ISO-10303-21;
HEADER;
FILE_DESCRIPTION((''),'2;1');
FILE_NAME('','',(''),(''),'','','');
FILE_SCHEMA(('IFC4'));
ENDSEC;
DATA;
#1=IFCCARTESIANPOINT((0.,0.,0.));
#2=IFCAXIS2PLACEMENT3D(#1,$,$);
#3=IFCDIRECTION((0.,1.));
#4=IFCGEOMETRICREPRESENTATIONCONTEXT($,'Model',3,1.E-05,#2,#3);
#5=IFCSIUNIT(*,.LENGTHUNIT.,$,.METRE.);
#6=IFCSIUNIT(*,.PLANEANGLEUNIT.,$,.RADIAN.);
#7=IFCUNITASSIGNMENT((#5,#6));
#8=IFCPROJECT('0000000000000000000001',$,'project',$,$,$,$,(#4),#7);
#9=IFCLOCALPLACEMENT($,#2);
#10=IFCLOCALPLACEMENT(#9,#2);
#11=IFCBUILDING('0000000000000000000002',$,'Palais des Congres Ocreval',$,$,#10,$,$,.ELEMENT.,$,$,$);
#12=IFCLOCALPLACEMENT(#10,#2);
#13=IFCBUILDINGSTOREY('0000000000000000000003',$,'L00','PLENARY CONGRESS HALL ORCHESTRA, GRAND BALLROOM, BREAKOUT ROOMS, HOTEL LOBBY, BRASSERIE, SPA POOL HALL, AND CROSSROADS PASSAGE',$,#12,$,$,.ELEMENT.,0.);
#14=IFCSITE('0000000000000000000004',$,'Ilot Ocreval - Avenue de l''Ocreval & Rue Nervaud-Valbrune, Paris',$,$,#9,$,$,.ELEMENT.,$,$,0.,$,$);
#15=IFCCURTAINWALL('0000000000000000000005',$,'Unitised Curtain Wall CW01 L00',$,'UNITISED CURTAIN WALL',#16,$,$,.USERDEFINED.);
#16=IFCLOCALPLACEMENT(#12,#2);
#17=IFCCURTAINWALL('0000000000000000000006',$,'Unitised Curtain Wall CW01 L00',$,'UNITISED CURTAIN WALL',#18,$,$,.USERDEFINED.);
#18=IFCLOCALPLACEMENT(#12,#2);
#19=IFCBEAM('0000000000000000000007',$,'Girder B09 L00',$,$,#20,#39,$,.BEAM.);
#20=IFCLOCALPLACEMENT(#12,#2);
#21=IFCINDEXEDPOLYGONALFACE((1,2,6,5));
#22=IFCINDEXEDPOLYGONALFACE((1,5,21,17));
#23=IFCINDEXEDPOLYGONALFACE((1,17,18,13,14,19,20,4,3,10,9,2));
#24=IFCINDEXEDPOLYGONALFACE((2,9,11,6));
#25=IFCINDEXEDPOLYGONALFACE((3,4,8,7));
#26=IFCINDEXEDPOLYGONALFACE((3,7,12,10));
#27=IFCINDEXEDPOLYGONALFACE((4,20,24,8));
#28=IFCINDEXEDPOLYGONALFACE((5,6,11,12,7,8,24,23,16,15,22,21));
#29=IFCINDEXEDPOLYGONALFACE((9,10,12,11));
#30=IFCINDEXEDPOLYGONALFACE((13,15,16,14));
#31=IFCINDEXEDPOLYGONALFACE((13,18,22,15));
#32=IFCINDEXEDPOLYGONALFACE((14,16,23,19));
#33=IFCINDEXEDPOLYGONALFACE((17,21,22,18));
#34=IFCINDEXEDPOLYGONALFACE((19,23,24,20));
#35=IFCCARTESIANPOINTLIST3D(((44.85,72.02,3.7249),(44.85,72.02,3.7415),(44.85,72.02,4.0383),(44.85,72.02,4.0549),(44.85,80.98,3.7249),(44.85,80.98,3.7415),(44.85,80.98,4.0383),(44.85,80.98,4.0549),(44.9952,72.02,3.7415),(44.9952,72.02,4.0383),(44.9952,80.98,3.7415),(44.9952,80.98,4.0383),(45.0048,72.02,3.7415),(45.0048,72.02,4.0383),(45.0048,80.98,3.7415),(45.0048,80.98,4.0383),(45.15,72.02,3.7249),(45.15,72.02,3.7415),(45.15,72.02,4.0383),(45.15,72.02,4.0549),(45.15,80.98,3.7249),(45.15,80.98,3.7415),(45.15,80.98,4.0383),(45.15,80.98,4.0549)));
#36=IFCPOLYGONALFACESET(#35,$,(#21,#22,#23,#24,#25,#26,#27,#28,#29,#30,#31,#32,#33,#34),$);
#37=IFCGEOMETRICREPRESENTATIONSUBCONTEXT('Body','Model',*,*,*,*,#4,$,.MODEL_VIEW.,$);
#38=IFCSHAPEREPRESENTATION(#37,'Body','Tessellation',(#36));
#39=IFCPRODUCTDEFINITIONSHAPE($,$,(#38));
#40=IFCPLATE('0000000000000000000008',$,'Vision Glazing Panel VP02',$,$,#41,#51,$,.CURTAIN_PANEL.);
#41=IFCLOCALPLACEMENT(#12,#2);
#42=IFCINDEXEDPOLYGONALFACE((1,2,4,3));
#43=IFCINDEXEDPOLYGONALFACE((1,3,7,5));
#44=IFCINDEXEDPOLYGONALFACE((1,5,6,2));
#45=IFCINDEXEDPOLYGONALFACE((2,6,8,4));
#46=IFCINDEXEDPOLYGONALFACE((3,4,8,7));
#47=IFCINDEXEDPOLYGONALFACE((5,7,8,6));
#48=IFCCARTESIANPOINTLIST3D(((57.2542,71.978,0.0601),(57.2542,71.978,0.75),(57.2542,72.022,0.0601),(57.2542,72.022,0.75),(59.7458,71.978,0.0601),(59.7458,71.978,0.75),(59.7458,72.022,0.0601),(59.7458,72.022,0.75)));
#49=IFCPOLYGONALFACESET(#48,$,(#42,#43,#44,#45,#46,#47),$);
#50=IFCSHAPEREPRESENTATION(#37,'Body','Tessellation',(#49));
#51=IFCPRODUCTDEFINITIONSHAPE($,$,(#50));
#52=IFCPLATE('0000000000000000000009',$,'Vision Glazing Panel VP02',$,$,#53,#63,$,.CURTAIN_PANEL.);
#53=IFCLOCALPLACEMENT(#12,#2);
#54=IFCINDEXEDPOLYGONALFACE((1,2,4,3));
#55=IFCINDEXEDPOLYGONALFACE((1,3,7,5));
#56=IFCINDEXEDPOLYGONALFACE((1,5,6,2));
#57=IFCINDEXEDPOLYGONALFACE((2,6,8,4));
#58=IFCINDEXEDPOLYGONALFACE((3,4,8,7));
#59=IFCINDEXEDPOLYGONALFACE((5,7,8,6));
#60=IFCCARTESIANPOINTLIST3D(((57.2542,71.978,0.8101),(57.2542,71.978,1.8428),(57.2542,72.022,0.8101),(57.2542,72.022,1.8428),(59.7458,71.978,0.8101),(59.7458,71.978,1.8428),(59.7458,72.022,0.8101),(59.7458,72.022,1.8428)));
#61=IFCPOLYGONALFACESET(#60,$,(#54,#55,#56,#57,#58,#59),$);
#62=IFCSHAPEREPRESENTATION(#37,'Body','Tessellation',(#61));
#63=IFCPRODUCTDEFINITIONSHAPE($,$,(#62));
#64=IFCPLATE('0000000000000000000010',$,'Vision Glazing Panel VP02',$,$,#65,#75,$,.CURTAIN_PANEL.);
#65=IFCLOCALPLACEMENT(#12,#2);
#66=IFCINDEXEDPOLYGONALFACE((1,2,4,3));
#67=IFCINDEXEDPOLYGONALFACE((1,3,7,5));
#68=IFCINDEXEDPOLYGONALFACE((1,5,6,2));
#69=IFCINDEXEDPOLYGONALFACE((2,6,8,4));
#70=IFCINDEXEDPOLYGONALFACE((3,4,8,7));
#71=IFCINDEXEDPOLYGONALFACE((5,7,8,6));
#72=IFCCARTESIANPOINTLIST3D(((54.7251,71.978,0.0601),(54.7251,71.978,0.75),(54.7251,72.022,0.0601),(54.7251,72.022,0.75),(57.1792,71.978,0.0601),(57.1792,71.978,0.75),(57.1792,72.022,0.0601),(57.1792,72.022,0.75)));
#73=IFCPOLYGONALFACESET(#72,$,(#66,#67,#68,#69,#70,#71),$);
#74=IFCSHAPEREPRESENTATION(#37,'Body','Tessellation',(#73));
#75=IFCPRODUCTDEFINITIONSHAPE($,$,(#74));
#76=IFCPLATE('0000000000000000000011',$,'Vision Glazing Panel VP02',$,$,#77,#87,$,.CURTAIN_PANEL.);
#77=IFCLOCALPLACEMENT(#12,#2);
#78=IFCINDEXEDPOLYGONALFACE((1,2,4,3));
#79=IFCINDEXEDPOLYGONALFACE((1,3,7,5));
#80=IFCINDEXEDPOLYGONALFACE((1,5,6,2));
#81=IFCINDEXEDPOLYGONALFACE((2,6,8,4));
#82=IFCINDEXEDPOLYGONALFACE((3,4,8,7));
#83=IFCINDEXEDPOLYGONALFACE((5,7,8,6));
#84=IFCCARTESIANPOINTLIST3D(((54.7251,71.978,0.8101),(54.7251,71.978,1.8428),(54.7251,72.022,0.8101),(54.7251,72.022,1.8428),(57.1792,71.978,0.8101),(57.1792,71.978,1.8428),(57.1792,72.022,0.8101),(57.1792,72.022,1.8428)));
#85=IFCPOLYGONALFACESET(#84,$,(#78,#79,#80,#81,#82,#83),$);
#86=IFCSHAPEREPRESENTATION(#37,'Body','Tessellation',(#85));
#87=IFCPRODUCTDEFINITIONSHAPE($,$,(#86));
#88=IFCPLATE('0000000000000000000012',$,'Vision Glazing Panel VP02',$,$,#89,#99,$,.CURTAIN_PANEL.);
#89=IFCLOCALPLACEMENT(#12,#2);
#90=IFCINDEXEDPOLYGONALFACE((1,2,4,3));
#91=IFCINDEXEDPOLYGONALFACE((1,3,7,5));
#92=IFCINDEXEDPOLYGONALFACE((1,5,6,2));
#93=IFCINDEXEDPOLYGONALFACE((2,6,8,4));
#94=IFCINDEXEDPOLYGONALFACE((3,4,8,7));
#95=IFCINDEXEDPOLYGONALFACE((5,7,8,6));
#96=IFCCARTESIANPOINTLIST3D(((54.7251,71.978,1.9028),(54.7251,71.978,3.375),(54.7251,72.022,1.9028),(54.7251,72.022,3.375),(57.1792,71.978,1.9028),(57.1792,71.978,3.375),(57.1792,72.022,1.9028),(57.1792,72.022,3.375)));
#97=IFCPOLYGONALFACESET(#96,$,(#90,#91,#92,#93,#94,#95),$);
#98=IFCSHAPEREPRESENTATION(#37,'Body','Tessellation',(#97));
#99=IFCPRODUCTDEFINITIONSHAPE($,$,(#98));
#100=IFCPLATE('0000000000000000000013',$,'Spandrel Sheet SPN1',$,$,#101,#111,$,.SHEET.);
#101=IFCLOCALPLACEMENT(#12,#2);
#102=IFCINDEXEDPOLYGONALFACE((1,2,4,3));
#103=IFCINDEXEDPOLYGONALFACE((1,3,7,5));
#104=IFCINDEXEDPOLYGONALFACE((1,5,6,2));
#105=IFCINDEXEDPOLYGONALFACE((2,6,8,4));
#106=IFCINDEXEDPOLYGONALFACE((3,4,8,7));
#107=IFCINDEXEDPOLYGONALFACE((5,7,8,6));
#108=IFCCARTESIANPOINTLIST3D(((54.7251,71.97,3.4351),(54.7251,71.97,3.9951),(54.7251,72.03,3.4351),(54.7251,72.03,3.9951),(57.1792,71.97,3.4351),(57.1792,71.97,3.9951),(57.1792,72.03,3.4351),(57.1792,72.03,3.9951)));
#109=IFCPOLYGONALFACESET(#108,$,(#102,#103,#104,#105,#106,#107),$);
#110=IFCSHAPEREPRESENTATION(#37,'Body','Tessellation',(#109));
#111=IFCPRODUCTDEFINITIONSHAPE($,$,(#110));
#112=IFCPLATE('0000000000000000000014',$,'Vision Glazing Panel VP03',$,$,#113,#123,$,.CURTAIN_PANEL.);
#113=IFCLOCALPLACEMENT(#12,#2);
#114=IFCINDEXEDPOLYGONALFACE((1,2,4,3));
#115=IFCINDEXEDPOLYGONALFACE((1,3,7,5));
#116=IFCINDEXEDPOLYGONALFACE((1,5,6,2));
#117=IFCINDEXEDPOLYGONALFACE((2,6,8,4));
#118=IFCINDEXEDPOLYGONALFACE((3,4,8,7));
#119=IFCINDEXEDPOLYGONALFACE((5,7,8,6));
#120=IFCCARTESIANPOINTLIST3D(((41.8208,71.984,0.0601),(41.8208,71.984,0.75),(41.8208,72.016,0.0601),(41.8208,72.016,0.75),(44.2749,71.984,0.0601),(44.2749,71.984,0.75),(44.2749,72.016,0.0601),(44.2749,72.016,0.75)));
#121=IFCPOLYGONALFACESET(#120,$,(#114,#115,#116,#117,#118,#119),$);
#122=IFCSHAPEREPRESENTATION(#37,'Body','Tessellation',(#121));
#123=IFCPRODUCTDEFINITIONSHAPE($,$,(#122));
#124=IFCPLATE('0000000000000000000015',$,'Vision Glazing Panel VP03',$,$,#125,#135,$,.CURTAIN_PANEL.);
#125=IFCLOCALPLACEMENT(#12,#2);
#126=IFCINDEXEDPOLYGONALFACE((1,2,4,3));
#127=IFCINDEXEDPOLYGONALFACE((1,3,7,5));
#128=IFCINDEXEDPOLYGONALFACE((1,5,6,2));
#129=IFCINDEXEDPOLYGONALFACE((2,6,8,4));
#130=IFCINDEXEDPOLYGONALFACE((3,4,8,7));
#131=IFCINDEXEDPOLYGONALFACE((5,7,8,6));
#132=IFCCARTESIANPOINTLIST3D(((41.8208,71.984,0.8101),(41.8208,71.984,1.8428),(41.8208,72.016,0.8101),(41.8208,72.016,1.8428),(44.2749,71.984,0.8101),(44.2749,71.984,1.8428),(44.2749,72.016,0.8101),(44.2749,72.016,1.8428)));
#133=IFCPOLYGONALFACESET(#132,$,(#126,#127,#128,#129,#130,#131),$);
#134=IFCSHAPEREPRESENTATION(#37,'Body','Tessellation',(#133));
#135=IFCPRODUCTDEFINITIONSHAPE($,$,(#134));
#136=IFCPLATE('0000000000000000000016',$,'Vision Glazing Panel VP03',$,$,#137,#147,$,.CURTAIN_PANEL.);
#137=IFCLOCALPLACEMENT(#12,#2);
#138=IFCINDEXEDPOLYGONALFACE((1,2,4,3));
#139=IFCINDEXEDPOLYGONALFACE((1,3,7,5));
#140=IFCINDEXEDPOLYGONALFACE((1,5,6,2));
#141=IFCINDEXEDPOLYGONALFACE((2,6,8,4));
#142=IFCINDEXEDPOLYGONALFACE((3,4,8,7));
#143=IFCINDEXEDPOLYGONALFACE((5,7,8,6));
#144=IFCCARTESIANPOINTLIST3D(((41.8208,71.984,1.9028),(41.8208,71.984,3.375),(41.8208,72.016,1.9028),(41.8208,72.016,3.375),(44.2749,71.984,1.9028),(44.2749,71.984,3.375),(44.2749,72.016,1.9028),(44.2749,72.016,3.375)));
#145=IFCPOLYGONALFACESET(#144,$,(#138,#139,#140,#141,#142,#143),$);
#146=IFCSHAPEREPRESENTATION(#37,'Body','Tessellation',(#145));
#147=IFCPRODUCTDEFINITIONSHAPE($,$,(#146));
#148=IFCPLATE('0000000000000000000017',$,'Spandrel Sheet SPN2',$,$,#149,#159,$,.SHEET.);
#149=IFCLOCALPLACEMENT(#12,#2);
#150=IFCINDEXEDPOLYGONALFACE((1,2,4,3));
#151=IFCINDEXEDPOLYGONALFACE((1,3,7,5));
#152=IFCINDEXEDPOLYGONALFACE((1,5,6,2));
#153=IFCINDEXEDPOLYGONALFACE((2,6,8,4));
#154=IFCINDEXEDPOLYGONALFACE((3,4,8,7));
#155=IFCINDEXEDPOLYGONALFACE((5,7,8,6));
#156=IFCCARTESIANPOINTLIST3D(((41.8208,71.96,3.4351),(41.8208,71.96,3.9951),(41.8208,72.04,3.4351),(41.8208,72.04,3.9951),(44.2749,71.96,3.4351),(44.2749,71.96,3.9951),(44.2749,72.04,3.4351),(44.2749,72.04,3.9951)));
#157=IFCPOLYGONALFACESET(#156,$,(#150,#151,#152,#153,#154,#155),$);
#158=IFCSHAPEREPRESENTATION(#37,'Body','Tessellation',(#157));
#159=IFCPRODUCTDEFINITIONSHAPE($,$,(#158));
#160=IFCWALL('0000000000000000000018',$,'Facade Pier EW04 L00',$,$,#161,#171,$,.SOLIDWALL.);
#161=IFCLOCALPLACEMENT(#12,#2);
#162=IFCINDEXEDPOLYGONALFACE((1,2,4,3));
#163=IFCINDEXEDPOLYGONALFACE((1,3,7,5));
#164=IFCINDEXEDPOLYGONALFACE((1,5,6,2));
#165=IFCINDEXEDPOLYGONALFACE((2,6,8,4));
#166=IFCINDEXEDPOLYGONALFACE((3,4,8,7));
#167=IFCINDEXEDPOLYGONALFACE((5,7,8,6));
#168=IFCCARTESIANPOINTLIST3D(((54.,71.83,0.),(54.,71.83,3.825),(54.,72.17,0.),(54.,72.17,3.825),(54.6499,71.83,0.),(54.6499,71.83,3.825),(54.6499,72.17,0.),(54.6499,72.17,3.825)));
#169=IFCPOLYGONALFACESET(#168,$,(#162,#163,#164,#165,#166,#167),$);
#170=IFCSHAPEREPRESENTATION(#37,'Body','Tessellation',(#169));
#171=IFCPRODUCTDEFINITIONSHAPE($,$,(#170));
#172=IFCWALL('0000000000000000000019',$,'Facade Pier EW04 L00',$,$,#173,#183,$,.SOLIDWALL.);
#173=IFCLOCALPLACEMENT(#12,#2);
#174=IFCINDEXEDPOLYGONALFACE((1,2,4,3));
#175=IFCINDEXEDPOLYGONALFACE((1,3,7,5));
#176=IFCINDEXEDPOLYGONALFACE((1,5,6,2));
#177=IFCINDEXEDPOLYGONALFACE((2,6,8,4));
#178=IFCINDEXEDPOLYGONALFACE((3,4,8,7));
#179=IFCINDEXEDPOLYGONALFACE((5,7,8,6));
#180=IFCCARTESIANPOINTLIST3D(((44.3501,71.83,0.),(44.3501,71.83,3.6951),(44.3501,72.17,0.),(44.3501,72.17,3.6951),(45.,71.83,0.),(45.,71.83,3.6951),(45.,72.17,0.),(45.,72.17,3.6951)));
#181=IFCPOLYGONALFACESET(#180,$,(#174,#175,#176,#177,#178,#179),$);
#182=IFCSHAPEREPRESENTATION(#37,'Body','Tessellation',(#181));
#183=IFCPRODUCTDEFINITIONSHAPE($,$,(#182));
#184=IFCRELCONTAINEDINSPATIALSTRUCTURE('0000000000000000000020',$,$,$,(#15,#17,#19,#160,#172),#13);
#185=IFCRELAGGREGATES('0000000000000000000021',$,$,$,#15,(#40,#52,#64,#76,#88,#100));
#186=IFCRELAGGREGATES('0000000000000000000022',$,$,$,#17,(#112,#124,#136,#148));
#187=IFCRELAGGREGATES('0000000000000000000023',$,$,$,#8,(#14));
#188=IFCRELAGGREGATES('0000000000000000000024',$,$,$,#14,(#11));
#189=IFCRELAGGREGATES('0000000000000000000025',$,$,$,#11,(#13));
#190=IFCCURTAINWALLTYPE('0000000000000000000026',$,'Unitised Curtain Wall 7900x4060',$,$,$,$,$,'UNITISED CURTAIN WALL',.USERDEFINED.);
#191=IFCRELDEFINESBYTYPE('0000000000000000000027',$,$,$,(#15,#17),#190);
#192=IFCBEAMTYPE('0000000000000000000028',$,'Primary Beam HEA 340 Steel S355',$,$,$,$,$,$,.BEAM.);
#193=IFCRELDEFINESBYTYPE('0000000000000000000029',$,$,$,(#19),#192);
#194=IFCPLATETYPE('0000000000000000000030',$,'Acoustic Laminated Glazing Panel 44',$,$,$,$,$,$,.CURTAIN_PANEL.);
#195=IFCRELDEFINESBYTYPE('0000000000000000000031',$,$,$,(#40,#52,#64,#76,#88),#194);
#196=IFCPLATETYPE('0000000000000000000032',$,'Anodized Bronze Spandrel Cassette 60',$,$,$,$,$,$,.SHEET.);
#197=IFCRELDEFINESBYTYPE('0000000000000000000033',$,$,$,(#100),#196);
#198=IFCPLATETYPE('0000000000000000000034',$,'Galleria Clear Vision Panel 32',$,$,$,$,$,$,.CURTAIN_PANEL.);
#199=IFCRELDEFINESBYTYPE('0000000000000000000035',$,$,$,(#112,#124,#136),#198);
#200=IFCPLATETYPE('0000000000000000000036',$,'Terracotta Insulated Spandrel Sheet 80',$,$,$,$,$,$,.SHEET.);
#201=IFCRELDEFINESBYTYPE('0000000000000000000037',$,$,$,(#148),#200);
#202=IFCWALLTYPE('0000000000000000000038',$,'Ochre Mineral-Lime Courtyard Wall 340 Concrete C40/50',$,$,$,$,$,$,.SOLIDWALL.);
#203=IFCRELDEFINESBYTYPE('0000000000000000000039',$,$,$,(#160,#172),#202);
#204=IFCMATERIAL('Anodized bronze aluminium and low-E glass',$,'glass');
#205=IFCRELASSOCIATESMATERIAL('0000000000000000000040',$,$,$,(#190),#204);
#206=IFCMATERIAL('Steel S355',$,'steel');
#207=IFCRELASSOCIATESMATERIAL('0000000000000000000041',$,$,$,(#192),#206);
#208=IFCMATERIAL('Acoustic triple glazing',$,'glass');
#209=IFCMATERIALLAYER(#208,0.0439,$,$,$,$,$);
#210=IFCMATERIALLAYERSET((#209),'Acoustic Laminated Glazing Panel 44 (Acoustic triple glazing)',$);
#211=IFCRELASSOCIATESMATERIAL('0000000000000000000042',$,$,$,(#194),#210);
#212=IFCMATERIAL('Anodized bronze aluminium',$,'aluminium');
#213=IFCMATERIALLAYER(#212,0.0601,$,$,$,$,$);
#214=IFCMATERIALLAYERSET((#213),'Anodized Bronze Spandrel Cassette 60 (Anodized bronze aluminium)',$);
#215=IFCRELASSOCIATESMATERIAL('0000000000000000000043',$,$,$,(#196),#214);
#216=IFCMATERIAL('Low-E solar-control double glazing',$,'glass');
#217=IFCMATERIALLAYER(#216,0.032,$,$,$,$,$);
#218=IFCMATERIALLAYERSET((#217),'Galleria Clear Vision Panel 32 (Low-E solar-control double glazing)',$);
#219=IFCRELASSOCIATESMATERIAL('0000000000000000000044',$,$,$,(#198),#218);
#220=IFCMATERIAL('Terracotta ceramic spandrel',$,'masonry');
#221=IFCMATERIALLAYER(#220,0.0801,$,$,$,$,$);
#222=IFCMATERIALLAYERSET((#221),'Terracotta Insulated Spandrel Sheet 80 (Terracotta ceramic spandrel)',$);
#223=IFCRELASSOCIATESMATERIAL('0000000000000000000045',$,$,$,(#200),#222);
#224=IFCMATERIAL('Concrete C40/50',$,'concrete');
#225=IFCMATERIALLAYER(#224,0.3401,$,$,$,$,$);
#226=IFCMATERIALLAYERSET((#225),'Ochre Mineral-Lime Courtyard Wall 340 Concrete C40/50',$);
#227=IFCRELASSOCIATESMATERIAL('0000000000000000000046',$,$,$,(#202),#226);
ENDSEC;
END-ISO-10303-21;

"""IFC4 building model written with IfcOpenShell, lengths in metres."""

from ifc_helpers import new_model, si_unit, direction, frame, frame_2d, origin, origin_2d, place, context, subcontext, project, spatial, rectangle, i_section, extrude, material, layer, layer_set, material_profile, profile_set, type_object, element, aggregate, save


model = new_model("IFC4")

# Units and contexts
model_context = context("Model", 3, precision=1e-05, world=origin(), true_north=direction((0.0, 1.0)))
body_context = subcontext(model_context, "Body", "Model", "MODEL_VIEW")
ifc_project = project(units=[si_unit("LENGTHUNIT", "METRE"), si_unit("PLANEANGLEUNIT", "RADIAN")], contexts=[model_context])

# Site, building, storey
site_placement = place(None, origin())
site = spatial("IfcSite", under=ifc_project, at=site_placement, Name="Ilot Ocreval - Avenue de l'Ocreval & Rue Nervaud-Valbrune, Paris", CompositionType="ELEMENT", RefElevation=0.0)
building_placement = place(site_placement, origin())
building = spatial("IfcBuilding", under=site, at=building_placement, Name="Palais des Congres Ocreval", CompositionType="ELEMENT")
storey_placement = place(building_placement, origin())
storey = spatial("IfcBuildingStorey", under=building, at=storey_placement, Name="L00", Description="PLENARY CONGRESS HALL ORCHESTRA, GRAND BALLROOM, BREAKOUT ROOMS, HOTEL LOBBY, BRASSERIE, SPA POOL HALL, AND CROSSROADS PASSAGE", CompositionType="ELEMENT", Elevation=0.0)

# Shared definitions
ifc_material_1 = material(Name="Steel S355", Category="steel")

# Curtain wall
ifc_material_2 = material(Name="Anodized bronze aluminium and low-E glass", Category="glass")
curtain_wall_type = type_object("IfcCurtainWallType", Name="Unitised Curtain Wall 7900x4060", ElementType="UNITISED CURTAIN WALL", PredefinedType="USERDEFINED", material=ifc_material_2)
curtain_wall_1_placement = place(storey_placement, origin())
curtain_wall_1 = element("IfcCurtainWall", 1, at=curtain_wall_1_placement, inside=storey, type_object=curtain_wall_type, Name="Unitised Curtain Wall CW01 L00", ObjectType="UNITISED CURTAIN WALL", PredefinedType="USERDEFINED")
ifc_material_3 = material(Name="Anodized bronze aluminium", Category="aluminium")

# Curtain wall
curtain_wall_2_placement = place(storey_placement, origin())
curtain_wall_2 = element("IfcCurtainWall", 2, at=curtain_wall_2_placement, inside=storey, type_object=curtain_wall_type, Name="Unitised Curtain Wall CW01 L00", ObjectType="UNITISED CURTAIN WALL", PredefinedType="USERDEFINED")

# Beam
ifc_material_profile_1 = material_profile(ifc_material_1, i_section(OverallWidth=0.3, OverallDepth=0.3301, WebThickness=0.0095, FlangeThickness=0.0166, at=origin_2d()), Name="HEA 340")
ifc_profile_set_1 = profile_set([ifc_material_profile_1], Name="Steel S355")
beam_type_1 = type_object("IfcBeamType", Name="Primary Beam HEA 340 Steel S355", PredefinedType="BEAM", material=ifc_profile_set_1)
beam_1_placement = place(storey_placement, frame((45.0, 72.02, 3.8899), z_axis=(0.0, 1.0, 0.0), x_axis=(-1.0, 0.0, 0.0)))
element("IfcBeam", 3, at=beam_1_placement, inside=storey, type_object=beam_type_1, Name="Girder B09 L00", PredefinedType="BEAM", context=body_context, shape_type="SweptSolid", body=[
    extrude(i_section(OverallWidth=0.3, OverallDepth=0.3301, WebThickness=0.0095, FlangeThickness=0.0166, at=origin_2d()), origin(), (0.0, 0.0, 1.0), 8.96),
])

# Plates
ifc_material_4 = material(Name="Acoustic triple glazing", Category="glass")
ifc_layer_1 = layer(ifc_material_4, 0.0439)
ifc_layer_set_1 = layer_set([ifc_layer_1], Name="Acoustic Laminated Glazing Panel 44 (Acoustic triple glazing)")
plate_type_1 = type_object("IfcPlateType", Name="Acoustic Laminated Glazing Panel 44", PredefinedType="CURTAIN_PANEL", material=ifc_layer_set_1)
plate_1_placement = place(storey_placement, frame((58.5, 72.0, 0.0601), z_axis=(0.0, 0.0, 1.0), x_axis=(-1.0, 0.0, 0.0)))
plate_1 = element("IfcPlate", 4, at=plate_1_placement, type_object=plate_type_1, Name="Vision Glazing Panel VP02", PredefinedType="CURTAIN_PANEL", context=body_context, shape_type="SweptSolid", body=[
    extrude(rectangle(XDim=2.4917, YDim=0.0439, at=origin_2d()), origin(), (0.0, 0.0, 1.0), 0.6899),
])
plate_2_placement = place(storey_placement, frame((58.5, 72.0, 0.8101), z_axis=(0.0, 0.0, 1.0), x_axis=(-1.0, 0.0, 0.0)))
plate_2 = element("IfcPlate", 5, at=plate_2_placement, type_object=plate_type_1, Name="Vision Glazing Panel VP02", PredefinedType="CURTAIN_PANEL", context=body_context, shape_type="SweptSolid", body=[
    extrude(rectangle(XDim=2.4917, YDim=0.0439, at=origin_2d()), origin(), (0.0, 0.0, 1.0), 1.0327),
])
plate_3_placement = place(storey_placement, frame((55.9521, 72.0, 0.0601), z_axis=(0.0, 0.0, 1.0), x_axis=(-1.0, 0.0, 0.0)))
plate_3 = element("IfcPlate", 6, at=plate_3_placement, type_object=plate_type_1, Name="Vision Glazing Panel VP02", PredefinedType="CURTAIN_PANEL", context=body_context, shape_type="SweptSolid", body=[
    extrude(rectangle(XDim=2.4541, YDim=0.0439, at=origin_2d()), origin(), (0.0, 0.0, 1.0), 0.6899),
])
plate_4_placement = place(storey_placement, frame((55.9521, 72.0, 0.8101), z_axis=(0.0, 0.0, 1.0), x_axis=(-1.0, 0.0, 0.0)))
plate_4 = element("IfcPlate", 7, at=plate_4_placement, type_object=plate_type_1, Name="Vision Glazing Panel VP02", PredefinedType="CURTAIN_PANEL", context=body_context, shape_type="SweptSolid", body=[
    extrude(rectangle(XDim=2.4541, YDim=0.0439, at=origin_2d()), origin(), (0.0, 0.0, 1.0), 1.0327),
])
plate_5_placement = place(storey_placement, frame((55.9521, 72.0, 1.9028), z_axis=(0.0, 0.0, 1.0), x_axis=(-1.0, 0.0, 0.0)))
plate_5 = element("IfcPlate", 8, at=plate_5_placement, type_object=plate_type_1, Name="Vision Glazing Panel VP02", PredefinedType="CURTAIN_PANEL", context=body_context, shape_type="SweptSolid", body=[
    extrude(rectangle(XDim=2.4541, YDim=0.0439, at=origin_2d()), origin(), (0.0, 0.0, 1.0), 1.4722),
])
ifc_layer_2 = layer(ifc_material_3, 0.0601)
ifc_layer_set_2 = layer_set([ifc_layer_2], Name="Anodized Bronze Spandrel Cassette 60 (Anodized bronze aluminium)")
plate_type_2 = type_object("IfcPlateType", Name="Anodized Bronze Spandrel Cassette 60", PredefinedType="SHEET", material=ifc_layer_set_2)
plate_6_placement = place(storey_placement, frame((55.9521, 72.0, 3.4351), z_axis=(0.0, 0.0, 1.0), x_axis=(-1.0, 0.0, 0.0)))
plate_6 = element("IfcPlate", 9, at=plate_6_placement, type_object=plate_type_2, Name="Spandrel Sheet SPN1", PredefinedType="SHEET", context=body_context, shape_type="SweptSolid", body=[
    extrude(rectangle(XDim=2.4541, YDim=0.0601, at=origin_2d()), origin(), (0.0, 0.0, 1.0), 0.5601),
])
aggregate(curtain_wall_1, [plate_1, plate_2, plate_3, plate_4, plate_5, plate_6])
ifc_material_5 = material(Name="Low-E solar-control double glazing", Category="glass")
ifc_layer_3 = layer(ifc_material_5, 0.032)
ifc_layer_set_3 = layer_set([ifc_layer_3], Name="Galleria Clear Vision Panel 32 (Low-E solar-control double glazing)")
plate_type_3 = type_object("IfcPlateType", Name="Galleria Clear Vision Panel 32", PredefinedType="CURTAIN_PANEL", material=ifc_layer_set_3)
plate_7_placement = place(storey_placement, frame((43.0479, 72.0, 0.0601), z_axis=(0.0, 0.0, 1.0), x_axis=(-1.0, 0.0, 0.0)))
plate_7 = element("IfcPlate", 10, at=plate_7_placement, type_object=plate_type_3, Name="Vision Glazing Panel VP03", PredefinedType="CURTAIN_PANEL", context=body_context, shape_type="SweptSolid", body=[
    extrude(rectangle(XDim=2.4541, YDim=0.032, at=origin_2d()), origin(), (0.0, 0.0, 1.0), 0.6899),
])
plate_8_placement = place(storey_placement, frame((43.0479, 72.0, 0.8101), z_axis=(0.0, 0.0, 1.0), x_axis=(-1.0, 0.0, 0.0)))
plate_8 = element("IfcPlate", 11, at=plate_8_placement, type_object=plate_type_3, Name="Vision Glazing Panel VP03", PredefinedType="CURTAIN_PANEL", context=body_context, shape_type="SweptSolid", body=[
    extrude(rectangle(XDim=2.4541, YDim=0.032, at=origin_2d()), origin(), (0.0, 0.0, 1.0), 1.0327),
])
plate_9_placement = place(storey_placement, frame((43.0479, 72.0, 1.9028), z_axis=(0.0, 0.0, 1.0), x_axis=(-1.0, 0.0, 0.0)))
plate_9 = element("IfcPlate", 12, at=plate_9_placement, type_object=plate_type_3, Name="Vision Glazing Panel VP03", PredefinedType="CURTAIN_PANEL", context=body_context, shape_type="SweptSolid", body=[
    extrude(rectangle(XDim=2.4541, YDim=0.032, at=origin_2d()), origin(), (0.0, 0.0, 1.0), 1.4722),
])
ifc_material_6 = material(Name="Terracotta ceramic spandrel", Category="masonry")
ifc_layer_4 = layer(ifc_material_6, 0.0801)
ifc_layer_set_4 = layer_set([ifc_layer_4], Name="Terracotta Insulated Spandrel Sheet 80 (Terracotta ceramic spandrel)")
plate_type_4 = type_object("IfcPlateType", Name="Terracotta Insulated Spandrel Sheet 80", PredefinedType="SHEET", material=ifc_layer_set_4)
plate_10_placement = place(storey_placement, frame((43.0479, 72.0, 3.4351), z_axis=(0.0, 0.0, 1.0), x_axis=(-1.0, 0.0, 0.0)))
plate_10 = element("IfcPlate", 13, at=plate_10_placement, type_object=plate_type_4, Name="Spandrel Sheet SPN2", PredefinedType="SHEET", context=body_context, shape_type="SweptSolid", body=[
    extrude(rectangle(XDim=2.4541, YDim=0.0801, at=origin_2d()), origin(), (0.0, 0.0, 1.0), 0.5601),
])
aggregate(curtain_wall_2, [plate_7, plate_8, plate_9, plate_10])

# Walls
ifc_material_7 = material(Name="Concrete C40/50", Category="concrete")
ifc_layer_5 = layer(ifc_material_7, 0.3401)
ifc_layer_set_5 = layer_set([ifc_layer_5], Name="Ochre Mineral-Lime Courtyard Wall 340 Concrete C40/50")
wall_type_1 = type_object("IfcWallType", Name="Ochre Mineral-Lime Courtyard Wall 340 Concrete C40/50", PredefinedType="SOLIDWALL", material=ifc_layer_set_5)
wall_1_placement = place(storey_placement, frame((54.6499, 72.0, 0.0), z_axis=(0.0, 0.0, 1.0), x_axis=(-1.0, 0.0, 0.0)))
element("IfcWall", 14, at=wall_1_placement, inside=storey, type_object=wall_type_1, Name="Facade Pier EW04 L00", PredefinedType="SOLIDWALL", context=body_context, shape_type="SweptSolid", body=[
    extrude(rectangle(XDim=0.6499, YDim=0.3401, at=frame_2d((0.325, 0.0))), origin(), (0.0, 0.0, 1.0), 3.825),
])
wall_2_placement = place(storey_placement, frame((45.0, 72.0, 0.0), z_axis=(0.0, 0.0, 1.0), x_axis=(-1.0, 0.0, 0.0)))
element("IfcWall", 15, at=wall_2_placement, inside=storey, type_object=wall_type_1, Name="Facade Pier EW04 L00", PredefinedType="SOLIDWALL", context=body_context, shape_type="SweptSolid", body=[
    extrude(rectangle(XDim=0.6499, YDim=0.3401, at=frame_2d((0.325, 0.0))), origin(), (0.0, 0.0, 1.0), 3.6951),
])

save(model, "model.ifc")
